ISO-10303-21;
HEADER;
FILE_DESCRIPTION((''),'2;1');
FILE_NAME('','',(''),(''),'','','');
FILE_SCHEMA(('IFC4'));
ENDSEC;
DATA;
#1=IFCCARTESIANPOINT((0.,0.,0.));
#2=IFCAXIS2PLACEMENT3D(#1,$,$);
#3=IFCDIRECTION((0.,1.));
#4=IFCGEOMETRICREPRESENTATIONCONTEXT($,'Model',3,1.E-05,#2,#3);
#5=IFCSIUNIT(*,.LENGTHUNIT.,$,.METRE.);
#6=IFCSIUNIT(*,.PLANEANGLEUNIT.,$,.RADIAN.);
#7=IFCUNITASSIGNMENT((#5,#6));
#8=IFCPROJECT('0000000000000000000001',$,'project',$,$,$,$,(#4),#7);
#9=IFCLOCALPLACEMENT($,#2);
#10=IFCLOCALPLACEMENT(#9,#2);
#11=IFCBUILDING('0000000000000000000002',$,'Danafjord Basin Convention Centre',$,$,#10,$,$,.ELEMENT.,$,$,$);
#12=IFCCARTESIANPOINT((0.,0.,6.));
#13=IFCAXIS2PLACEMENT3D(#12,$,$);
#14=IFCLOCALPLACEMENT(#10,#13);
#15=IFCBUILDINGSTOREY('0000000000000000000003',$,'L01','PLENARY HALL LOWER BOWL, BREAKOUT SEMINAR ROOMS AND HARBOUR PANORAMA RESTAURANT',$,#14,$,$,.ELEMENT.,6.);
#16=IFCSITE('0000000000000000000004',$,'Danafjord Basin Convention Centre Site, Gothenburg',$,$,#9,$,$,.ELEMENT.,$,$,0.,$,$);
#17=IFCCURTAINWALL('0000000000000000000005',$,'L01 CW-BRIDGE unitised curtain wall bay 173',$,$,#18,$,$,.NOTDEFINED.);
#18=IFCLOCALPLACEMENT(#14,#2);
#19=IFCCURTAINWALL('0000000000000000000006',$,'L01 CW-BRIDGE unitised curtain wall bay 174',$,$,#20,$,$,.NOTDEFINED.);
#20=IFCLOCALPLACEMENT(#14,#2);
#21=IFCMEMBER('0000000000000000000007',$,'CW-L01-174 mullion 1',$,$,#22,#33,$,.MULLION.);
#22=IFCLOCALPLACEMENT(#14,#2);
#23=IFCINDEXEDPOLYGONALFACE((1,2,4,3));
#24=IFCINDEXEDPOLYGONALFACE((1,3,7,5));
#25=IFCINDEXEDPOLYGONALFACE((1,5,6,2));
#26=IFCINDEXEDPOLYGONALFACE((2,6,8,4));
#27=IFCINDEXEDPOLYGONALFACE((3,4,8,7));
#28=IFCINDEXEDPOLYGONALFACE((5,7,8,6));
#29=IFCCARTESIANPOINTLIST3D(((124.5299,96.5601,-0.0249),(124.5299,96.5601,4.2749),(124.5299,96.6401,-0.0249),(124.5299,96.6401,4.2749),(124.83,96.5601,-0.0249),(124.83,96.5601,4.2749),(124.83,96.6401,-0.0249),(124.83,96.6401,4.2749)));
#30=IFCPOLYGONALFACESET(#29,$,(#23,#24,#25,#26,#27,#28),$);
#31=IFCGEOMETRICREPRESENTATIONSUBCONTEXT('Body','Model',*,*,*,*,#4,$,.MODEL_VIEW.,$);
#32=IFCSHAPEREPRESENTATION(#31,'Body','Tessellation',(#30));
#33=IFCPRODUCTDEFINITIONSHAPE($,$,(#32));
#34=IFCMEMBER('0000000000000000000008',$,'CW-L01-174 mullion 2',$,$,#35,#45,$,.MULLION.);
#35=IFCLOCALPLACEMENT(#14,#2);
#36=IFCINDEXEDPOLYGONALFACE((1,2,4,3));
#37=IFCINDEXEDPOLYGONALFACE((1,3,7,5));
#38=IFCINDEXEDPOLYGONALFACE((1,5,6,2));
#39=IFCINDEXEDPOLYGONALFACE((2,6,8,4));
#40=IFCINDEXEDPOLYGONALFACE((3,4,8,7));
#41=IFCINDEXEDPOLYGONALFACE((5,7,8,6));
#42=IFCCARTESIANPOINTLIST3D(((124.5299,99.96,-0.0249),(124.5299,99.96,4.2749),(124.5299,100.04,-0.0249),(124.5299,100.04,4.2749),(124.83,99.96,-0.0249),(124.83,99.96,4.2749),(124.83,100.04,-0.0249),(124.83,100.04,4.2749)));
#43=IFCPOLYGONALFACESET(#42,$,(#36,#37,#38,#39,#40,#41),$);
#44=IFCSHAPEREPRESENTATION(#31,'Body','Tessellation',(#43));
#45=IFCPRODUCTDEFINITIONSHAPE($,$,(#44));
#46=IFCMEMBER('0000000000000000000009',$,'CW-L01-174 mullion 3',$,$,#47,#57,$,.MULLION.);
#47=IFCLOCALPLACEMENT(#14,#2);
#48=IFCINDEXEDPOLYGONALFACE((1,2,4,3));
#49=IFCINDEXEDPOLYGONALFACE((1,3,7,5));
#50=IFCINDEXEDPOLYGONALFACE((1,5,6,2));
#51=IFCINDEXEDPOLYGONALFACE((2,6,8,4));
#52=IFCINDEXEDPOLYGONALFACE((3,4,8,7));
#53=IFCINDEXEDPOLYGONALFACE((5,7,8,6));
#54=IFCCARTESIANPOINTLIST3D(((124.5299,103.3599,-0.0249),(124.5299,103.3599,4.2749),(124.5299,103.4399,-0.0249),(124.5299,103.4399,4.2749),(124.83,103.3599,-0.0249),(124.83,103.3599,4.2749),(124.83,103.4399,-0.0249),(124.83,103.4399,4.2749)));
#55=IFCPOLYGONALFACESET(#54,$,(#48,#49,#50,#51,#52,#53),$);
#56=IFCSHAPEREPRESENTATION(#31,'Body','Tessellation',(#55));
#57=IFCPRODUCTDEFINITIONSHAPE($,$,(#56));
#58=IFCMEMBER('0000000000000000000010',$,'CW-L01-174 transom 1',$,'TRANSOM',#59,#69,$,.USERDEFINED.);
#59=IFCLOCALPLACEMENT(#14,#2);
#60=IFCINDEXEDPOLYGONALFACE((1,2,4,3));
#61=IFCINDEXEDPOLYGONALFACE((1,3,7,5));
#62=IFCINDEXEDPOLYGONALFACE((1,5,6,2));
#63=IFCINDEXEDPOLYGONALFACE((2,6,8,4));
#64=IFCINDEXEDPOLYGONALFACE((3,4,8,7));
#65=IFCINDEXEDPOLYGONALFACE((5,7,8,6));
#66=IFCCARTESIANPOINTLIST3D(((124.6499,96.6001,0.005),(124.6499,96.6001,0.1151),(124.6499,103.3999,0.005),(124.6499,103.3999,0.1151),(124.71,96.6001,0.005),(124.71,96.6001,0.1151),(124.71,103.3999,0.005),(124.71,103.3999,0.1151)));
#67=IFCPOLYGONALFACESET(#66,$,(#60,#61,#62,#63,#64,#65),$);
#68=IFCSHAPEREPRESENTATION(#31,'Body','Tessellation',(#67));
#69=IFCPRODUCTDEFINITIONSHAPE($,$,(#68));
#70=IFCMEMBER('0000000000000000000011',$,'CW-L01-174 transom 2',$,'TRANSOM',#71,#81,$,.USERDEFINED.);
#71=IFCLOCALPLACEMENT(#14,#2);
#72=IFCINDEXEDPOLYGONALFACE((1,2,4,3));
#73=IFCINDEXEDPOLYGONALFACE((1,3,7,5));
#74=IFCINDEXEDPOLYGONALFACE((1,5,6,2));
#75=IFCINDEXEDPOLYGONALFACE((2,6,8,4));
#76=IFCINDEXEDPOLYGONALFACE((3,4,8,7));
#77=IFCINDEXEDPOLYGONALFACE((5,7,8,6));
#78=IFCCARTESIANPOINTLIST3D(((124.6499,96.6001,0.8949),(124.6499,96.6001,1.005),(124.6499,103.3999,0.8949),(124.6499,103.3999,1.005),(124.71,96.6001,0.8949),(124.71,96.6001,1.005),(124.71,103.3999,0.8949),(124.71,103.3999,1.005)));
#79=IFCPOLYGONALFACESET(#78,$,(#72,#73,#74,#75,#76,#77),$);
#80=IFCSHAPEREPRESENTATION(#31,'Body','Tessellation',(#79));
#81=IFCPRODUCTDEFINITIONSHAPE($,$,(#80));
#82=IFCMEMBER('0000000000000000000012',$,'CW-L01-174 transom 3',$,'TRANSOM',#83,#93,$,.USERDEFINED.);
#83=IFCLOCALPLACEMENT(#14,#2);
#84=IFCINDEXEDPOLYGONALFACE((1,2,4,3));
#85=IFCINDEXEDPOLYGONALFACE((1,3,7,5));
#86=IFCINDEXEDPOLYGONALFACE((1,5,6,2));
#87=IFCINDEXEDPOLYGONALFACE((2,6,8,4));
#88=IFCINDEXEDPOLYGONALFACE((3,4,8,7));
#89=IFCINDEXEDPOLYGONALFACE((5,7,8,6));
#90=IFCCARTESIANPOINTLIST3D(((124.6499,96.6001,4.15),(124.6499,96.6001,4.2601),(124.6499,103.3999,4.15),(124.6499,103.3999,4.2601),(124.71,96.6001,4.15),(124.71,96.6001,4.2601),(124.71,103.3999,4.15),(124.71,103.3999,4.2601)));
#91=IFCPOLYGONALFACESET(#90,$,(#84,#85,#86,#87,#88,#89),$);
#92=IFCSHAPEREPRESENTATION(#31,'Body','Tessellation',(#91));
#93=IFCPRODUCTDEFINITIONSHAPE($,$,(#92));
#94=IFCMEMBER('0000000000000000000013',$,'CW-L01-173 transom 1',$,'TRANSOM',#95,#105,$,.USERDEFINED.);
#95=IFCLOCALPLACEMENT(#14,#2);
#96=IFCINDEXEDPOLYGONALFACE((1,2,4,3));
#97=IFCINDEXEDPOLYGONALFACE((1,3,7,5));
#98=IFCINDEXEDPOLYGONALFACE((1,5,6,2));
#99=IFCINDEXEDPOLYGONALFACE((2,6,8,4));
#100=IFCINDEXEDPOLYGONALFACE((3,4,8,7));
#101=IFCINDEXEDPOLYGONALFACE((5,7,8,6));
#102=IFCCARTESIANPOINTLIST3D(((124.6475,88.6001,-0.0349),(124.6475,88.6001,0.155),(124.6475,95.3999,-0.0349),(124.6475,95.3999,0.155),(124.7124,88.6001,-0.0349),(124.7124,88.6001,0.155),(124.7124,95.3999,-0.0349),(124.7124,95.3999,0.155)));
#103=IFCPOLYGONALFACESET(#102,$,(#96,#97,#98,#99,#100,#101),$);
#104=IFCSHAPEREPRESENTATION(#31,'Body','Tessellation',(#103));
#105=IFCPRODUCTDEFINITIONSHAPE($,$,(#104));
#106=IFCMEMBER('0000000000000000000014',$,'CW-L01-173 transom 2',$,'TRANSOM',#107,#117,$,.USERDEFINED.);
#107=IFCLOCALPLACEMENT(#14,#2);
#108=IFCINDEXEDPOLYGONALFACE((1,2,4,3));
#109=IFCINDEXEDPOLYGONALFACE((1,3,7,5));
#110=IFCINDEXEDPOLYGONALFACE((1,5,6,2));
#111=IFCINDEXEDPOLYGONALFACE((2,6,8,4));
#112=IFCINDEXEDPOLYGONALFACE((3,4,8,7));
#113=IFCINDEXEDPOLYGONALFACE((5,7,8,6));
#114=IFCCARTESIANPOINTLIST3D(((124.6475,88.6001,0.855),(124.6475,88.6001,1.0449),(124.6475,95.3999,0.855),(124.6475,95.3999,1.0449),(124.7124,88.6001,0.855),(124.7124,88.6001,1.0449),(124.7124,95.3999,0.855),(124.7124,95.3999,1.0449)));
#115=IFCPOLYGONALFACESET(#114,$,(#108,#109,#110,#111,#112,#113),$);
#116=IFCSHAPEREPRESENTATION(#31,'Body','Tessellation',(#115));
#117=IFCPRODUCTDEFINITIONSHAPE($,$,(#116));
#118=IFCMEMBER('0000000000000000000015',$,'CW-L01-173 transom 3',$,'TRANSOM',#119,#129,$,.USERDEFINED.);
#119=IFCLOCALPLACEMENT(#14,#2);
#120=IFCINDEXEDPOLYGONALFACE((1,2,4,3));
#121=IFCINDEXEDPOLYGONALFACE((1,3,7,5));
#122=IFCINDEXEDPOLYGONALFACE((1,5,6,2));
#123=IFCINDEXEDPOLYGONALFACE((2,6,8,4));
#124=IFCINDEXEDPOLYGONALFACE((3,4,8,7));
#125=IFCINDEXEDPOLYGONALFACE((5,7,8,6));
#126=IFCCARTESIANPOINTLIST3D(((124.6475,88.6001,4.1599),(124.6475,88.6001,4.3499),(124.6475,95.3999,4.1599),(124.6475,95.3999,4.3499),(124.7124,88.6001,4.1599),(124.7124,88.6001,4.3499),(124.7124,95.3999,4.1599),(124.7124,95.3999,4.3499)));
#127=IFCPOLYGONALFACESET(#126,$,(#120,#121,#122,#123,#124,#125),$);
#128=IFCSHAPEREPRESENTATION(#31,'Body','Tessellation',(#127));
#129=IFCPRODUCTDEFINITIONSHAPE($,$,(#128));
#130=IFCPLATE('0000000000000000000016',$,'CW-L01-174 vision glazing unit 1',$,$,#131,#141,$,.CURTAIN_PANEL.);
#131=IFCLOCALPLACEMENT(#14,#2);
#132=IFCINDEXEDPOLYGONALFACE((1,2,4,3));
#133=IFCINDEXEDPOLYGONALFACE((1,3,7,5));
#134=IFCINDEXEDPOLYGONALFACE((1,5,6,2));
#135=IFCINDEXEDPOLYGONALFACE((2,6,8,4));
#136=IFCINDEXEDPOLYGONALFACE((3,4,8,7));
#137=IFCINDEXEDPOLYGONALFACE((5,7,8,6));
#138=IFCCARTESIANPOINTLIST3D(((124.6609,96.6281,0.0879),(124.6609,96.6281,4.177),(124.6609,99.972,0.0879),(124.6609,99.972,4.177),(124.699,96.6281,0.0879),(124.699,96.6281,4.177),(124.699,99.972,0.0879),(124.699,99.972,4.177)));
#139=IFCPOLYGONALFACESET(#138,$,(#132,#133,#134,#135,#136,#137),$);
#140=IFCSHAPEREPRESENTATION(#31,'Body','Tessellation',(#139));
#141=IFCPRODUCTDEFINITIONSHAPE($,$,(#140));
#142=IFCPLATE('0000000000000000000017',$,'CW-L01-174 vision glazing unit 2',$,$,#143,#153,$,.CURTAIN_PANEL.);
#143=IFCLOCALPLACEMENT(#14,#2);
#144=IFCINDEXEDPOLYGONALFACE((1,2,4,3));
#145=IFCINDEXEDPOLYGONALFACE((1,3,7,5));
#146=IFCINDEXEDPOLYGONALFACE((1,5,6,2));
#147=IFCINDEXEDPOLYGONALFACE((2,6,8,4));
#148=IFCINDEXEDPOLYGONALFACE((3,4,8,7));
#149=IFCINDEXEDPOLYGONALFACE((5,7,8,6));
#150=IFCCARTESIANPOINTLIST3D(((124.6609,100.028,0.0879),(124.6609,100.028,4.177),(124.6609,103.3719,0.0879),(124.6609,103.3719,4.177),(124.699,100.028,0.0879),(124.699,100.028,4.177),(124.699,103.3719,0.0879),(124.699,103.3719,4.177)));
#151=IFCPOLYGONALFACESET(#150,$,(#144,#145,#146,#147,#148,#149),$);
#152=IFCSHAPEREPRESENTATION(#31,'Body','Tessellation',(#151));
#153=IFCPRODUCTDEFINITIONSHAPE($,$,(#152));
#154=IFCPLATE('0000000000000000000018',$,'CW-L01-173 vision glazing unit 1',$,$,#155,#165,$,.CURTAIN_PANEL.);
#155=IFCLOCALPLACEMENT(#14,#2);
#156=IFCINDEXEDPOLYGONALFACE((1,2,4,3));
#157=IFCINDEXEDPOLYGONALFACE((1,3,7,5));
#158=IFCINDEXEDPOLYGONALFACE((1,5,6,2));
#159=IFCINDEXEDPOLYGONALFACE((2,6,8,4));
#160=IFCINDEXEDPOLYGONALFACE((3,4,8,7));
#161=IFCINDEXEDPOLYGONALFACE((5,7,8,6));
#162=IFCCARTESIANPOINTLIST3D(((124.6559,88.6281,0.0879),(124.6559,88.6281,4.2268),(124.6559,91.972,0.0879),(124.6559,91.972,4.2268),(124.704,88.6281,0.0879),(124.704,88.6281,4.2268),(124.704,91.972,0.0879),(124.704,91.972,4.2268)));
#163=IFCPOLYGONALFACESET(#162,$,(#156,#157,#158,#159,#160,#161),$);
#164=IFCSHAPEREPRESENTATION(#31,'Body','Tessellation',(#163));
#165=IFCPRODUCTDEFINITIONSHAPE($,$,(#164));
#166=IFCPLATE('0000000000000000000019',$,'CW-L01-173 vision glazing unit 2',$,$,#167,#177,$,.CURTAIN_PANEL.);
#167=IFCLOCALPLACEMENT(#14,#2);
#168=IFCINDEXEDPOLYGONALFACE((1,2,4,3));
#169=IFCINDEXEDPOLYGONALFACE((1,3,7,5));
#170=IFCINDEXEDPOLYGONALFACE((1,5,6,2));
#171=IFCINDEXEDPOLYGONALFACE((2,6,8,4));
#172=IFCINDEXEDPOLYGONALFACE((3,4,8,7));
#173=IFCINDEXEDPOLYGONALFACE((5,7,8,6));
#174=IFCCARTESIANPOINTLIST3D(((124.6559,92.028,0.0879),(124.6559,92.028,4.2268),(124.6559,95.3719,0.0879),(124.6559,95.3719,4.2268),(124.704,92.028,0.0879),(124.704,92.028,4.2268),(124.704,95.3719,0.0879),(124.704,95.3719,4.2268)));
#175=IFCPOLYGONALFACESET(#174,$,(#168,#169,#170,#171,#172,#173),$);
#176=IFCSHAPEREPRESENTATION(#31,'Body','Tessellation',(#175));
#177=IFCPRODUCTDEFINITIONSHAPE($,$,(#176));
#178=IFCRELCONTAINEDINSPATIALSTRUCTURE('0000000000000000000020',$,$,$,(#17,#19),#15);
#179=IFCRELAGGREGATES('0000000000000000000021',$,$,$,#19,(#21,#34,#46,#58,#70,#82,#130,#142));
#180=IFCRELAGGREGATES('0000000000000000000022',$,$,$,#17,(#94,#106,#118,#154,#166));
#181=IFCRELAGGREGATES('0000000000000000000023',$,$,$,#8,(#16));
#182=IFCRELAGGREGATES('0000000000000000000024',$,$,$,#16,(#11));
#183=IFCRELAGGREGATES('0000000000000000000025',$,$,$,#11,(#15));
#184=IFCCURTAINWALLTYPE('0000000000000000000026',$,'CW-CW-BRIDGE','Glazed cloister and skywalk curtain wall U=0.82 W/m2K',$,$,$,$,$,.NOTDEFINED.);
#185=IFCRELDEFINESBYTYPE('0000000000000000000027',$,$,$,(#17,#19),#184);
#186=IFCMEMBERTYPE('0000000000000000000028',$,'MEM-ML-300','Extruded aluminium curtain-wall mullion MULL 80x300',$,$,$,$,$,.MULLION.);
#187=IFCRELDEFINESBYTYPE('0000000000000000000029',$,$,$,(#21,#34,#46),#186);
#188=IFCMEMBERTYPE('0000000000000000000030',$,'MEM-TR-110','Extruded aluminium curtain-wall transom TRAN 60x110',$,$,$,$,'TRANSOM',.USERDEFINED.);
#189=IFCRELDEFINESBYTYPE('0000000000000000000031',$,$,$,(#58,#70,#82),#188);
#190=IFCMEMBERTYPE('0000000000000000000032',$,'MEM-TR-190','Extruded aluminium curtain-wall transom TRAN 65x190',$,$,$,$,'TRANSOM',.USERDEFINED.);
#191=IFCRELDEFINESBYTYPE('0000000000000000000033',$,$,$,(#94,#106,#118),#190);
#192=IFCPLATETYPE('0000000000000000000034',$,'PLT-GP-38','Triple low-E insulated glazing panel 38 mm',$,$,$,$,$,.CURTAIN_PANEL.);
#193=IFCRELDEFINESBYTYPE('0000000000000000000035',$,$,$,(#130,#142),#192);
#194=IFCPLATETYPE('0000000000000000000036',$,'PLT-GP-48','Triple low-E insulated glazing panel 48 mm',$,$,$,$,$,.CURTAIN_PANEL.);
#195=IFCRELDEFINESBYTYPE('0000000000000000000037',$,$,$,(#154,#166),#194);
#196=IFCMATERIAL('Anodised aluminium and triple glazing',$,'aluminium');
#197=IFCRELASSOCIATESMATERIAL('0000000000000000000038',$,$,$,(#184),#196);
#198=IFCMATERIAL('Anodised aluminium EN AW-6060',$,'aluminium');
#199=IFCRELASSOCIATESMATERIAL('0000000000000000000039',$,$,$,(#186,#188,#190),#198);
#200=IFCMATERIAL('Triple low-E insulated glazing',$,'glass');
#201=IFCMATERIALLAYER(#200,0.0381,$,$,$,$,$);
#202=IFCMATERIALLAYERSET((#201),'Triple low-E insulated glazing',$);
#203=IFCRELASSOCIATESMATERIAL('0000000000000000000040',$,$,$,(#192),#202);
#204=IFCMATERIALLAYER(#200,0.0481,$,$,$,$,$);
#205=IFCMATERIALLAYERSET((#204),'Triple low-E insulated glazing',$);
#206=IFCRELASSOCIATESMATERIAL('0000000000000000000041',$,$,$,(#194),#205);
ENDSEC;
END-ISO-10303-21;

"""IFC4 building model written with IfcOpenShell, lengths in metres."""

from ifc_helpers import new_model, si_unit, direction, frame, origin, origin_2d, place, context, subcontext, project, spatial, rectangle, extrude, material, layer, layer_set, material_profile, profile_set, type_object, element, aggregate, save


model = new_model("IFC4")

# Units and contexts
model_context = context("Model", 3, precision=1e-05, world=origin(), true_north=direction((0.0, 1.0)))
body_context = subcontext(model_context, "Body", "Model", "MODEL_VIEW")
ifc_project = project(units=[si_unit("LENGTHUNIT", "METRE"), si_unit("PLANEANGLEUNIT", "RADIAN")], contexts=[model_context])

# Site, building, storey
site_placement = place(None, origin())
site = spatial("IfcSite", under=ifc_project, at=site_placement, Name="Danafjord Basin Convention Centre Site, Gothenburg", CompositionType="ELEMENT", RefElevation=0.0)
building_placement = place(site_placement, origin())
building = spatial("IfcBuilding", under=site, at=building_placement, Name="Danafjord Basin Convention Centre", CompositionType="ELEMENT")
storey_placement = place(building_placement, frame((0.0, 0.0, 6.0)))
storey = spatial("IfcBuildingStorey", under=building, at=storey_placement, Name="L01", Description="PLENARY HALL LOWER BOWL, BREAKOUT SEMINAR ROOMS AND HARBOUR PANORAMA RESTAURANT", CompositionType="ELEMENT", Elevation=6.0)

# Curtain walls, members
ifc_material_1 = material(Name="Anodised aluminium and triple glazing", Category="aluminium")
curtain_wall_type = type_object("IfcCurtainWallType", Name="CW-CW-BRIDGE", Description="Glazed cloister and skywalk curtain wall U=0.82 W/m2K", PredefinedType="NOTDEFINED", material=ifc_material_1)
curtain_wall_1_placement = place(storey_placement, origin())
curtain_wall_1 = element("IfcCurtainWall", 1, at=curtain_wall_1_placement, inside=storey, type_object=curtain_wall_type, Name="L01 CW-BRIDGE unitised curtain wall bay 173", PredefinedType="NOTDEFINED")
ifc_material_2 = material(Name="Anodised aluminium EN AW-6060", Category="aluminium")
curtain_wall_2_placement = place(storey_placement, origin())
curtain_wall_2 = element("IfcCurtainWall", 2, at=curtain_wall_2_placement, inside=storey, type_object=curtain_wall_type, Name="L01 CW-BRIDGE unitised curtain wall bay 174", PredefinedType="NOTDEFINED")
ifc_material_profile_1 = material_profile(ifc_material_2, rectangle(XDim=0.0801, YDim=0.3, at=origin_2d()), Name="MULL 80x300")
ifc_profile_set_1 = profile_set([ifc_material_profile_1], Name="Anodised aluminium EN AW-6060")
member_type_1 = type_object("IfcMemberType", Name="MEM-ML-300", Description="Extruded aluminium curtain-wall mullion MULL 80x300", PredefinedType="MULLION", material=ifc_profile_set_1)
member_1_placement = place(storey_placement, frame((124.6799, 96.6001, -0.0249), z_axis=(0.0, 0.0, 1.0), x_axis=(0.0, 1.0, 0.0)))
member_1 = element("IfcMember", 3, at=member_1_placement, type_object=member_type_1, Name="CW-L01-174 mullion 1", PredefinedType="MULLION", context=body_context, shape_type="SweptSolid", body=[
    extrude(rectangle(XDim=0.0801, YDim=0.3, at=origin_2d()), origin(), (0.0, 0.0, 1.0), 4.2998),
])
member_2_placement = place(storey_placement, frame((124.6799, 100.0, -0.0249), z_axis=(0.0, 0.0, 1.0), x_axis=(0.0, 1.0, 0.0)))
member_2 = element("IfcMember", 4, at=member_2_placement, type_object=member_type_1, Name="CW-L01-174 mullion 2", PredefinedType="MULLION", context=body_context, shape_type="SweptSolid", body=[
    extrude(rectangle(XDim=0.0801, YDim=0.3, at=origin_2d()), origin(), (0.0, 0.0, 1.0), 4.2998),
])
member_3_placement = place(storey_placement, frame((124.6799, 103.3999, -0.0249), z_axis=(0.0, 0.0, 1.0), x_axis=(0.0, 1.0, 0.0)))
member_3 = element("IfcMember", 5, at=member_3_placement, type_object=member_type_1, Name="CW-L01-174 mullion 3", PredefinedType="MULLION", context=body_context, shape_type="SweptSolid", body=[
    extrude(rectangle(XDim=0.0801, YDim=0.3, at=origin_2d()), origin(), (0.0, 0.0, 1.0), 4.2998),
])
ifc_material_profile_2 = material_profile(ifc_material_2, rectangle(XDim=0.0601, YDim=0.1101, at=origin_2d()), Name="TRAN 60x110")
ifc_profile_set_2 = profile_set([ifc_material_profile_2], Name="Anodised aluminium EN AW-6060")
member_type_2 = type_object("IfcMemberType", Name="MEM-TR-110", Description="Extruded aluminium curtain-wall transom TRAN 60x110", ElementType="TRANSOM", PredefinedType="USERDEFINED", material=ifc_profile_set_2)
member_4_placement = place(storey_placement, frame((124.6799, 96.6001, 0.0601), z_axis=(0.0, 1.0, 0.0), x_axis=(-1.0, 0.0, 0.0)))
member_4 = element("IfcMember", 6, at=member_4_placement, type_object=member_type_2, Name="CW-L01-174 transom 1", ObjectType="TRANSOM", PredefinedType="USERDEFINED", context=body_context, shape_type="SweptSolid", body=[
    extrude(rectangle(XDim=0.0601, YDim=0.1101, at=origin_2d()), origin(), (0.0, 0.0, 1.0), 6.7998),
])
member_5_placement = place(storey_placement, frame((124.6799, 96.6001, 0.95), z_axis=(0.0, 1.0, 0.0), x_axis=(-1.0, 0.0, 0.0)))
member_5 = element("IfcMember", 7, at=member_5_placement, type_object=member_type_2, Name="CW-L01-174 transom 2", ObjectType="TRANSOM", PredefinedType="USERDEFINED", context=body_context, shape_type="SweptSolid", body=[
    extrude(rectangle(XDim=0.0601, YDim=0.1101, at=origin_2d()), origin(), (0.0, 0.0, 1.0), 6.7998),
])
member_6_placement = place(storey_placement, frame((124.6799, 96.6001, 4.2051), z_axis=(0.0, 1.0, 0.0), x_axis=(-1.0, 0.0, 0.0)))
member_6 = element("IfcMember", 8, at=member_6_placement, type_object=member_type_2, Name="CW-L01-174 transom 3", ObjectType="TRANSOM", PredefinedType="USERDEFINED", context=body_context, shape_type="SweptSolid", body=[
    extrude(rectangle(XDim=0.0601, YDim=0.1101, at=origin_2d()), origin(), (0.0, 0.0, 1.0), 6.7998),
])

# Members
ifc_material_profile_3 = material_profile(ifc_material_2, rectangle(XDim=0.0649, YDim=0.1899, at=origin_2d()), Name="TRAN 65x190")
ifc_profile_set_3 = profile_set([ifc_material_profile_3], Name="Anodised aluminium EN AW-6060")
member_type_3 = type_object("IfcMemberType", Name="MEM-TR-190", Description="Extruded aluminium curtain-wall transom TRAN 65x190", ElementType="TRANSOM", PredefinedType="USERDEFINED", material=ifc_profile_set_3)
member_7_placement = place(storey_placement, frame((124.6799, 88.6001, 0.0601), z_axis=(0.0, 1.0, 0.0), x_axis=(-1.0, 0.0, 0.0)))
member_7 = element("IfcMember", 9, at=member_7_placement, type_object=member_type_3, Name="CW-L01-173 transom 1", ObjectType="TRANSOM", PredefinedType="USERDEFINED", context=body_context, shape_type="SweptSolid", body=[
    extrude(rectangle(XDim=0.0649, YDim=0.1899, at=origin_2d()), origin(), (0.0, 0.0, 1.0), 6.7998),
])
member_8_placement = place(storey_placement, frame((124.6799, 88.6001, 0.95), z_axis=(0.0, 1.0, 0.0), x_axis=(-1.0, 0.0, 0.0)))
member_8 = element("IfcMember", 10, at=member_8_placement, type_object=member_type_3, Name="CW-L01-173 transom 2", ObjectType="TRANSOM", PredefinedType="USERDEFINED", context=body_context, shape_type="SweptSolid", body=[
    extrude(rectangle(XDim=0.0649, YDim=0.1899, at=origin_2d()), origin(), (0.0, 0.0, 1.0), 6.7998),
])
member_9_placement = place(storey_placement, frame((124.6799, 88.6001, 4.2549), z_axis=(0.0, 1.0, 0.0), x_axis=(-1.0, 0.0, 0.0)))
member_9 = element("IfcMember", 11, at=member_9_placement, type_object=member_type_3, Name="CW-L01-173 transom 3", ObjectType="TRANSOM", PredefinedType="USERDEFINED", context=body_context, shape_type="SweptSolid", body=[
    extrude(rectangle(XDim=0.0649, YDim=0.1899, at=origin_2d()), origin(), (0.0, 0.0, 1.0), 6.7998),
])

# Plates
ifc_material_3 = material(Name="Triple low-E insulated glazing", Category="glass")
ifc_layer_1 = layer(ifc_material_3, 0.0381)
ifc_layer_set_1 = layer_set([ifc_layer_1], Name="Triple low-E insulated glazing")
plate_type_1 = type_object("IfcPlateType", Name="PLT-GP-38", Description="Triple low-E insulated glazing panel 38 mm", PredefinedType="CURTAIN_PANEL", material=ifc_layer_set_1)
plate_1_placement = place(storey_placement, frame((124.6799, 98.3, 0.0879), z_axis=(0.0, 0.0, 1.0), x_axis=(0.0, 1.0, 0.0)))
plate_1 = element("IfcPlate", 12, at=plate_1_placement, type_object=plate_type_1, Name="CW-L01-174 vision glazing unit 1", PredefinedType="CURTAIN_PANEL", context=body_context, shape_type="SweptSolid", body=[
    extrude(rectangle(XDim=3.344, YDim=0.0381, at=origin_2d()), origin(), (0.0, 0.0, 1.0), 4.0891),
])
plate_2_placement = place(storey_placement, frame((124.6799, 101.7, 0.0879), z_axis=(0.0, 0.0, 1.0), x_axis=(0.0, 1.0, 0.0)))
plate_2 = element("IfcPlate", 13, at=plate_2_placement, type_object=plate_type_1, Name="CW-L01-174 vision glazing unit 2", PredefinedType="CURTAIN_PANEL", context=body_context, shape_type="SweptSolid", body=[
    extrude(rectangle(XDim=3.344, YDim=0.0381, at=origin_2d()), origin(), (0.0, 0.0, 1.0), 4.0891),
])
aggregate(curtain_wall_2, [member_1, member_2, member_3, member_4, member_5, member_6, plate_1, plate_2])
ifc_layer_2 = layer(ifc_material_3, 0.0481)
ifc_layer_set_2 = layer_set([ifc_layer_2], Name="Triple low-E insulated glazing")
plate_type_2 = type_object("IfcPlateType", Name="PLT-GP-48", Description="Triple low-E insulated glazing panel 48 mm", PredefinedType="CURTAIN_PANEL", material=ifc_layer_set_2)
plate_3_placement = place(storey_placement, frame((124.6799, 90.3, 0.0879), z_axis=(0.0, 0.0, 1.0), x_axis=(0.0, 1.0, 0.0)))
plate_3 = element("IfcPlate", 14, at=plate_3_placement, type_object=plate_type_2, Name="CW-L01-173 vision glazing unit 1", PredefinedType="CURTAIN_PANEL", context=body_context, shape_type="SweptSolid", body=[
    extrude(rectangle(XDim=3.344, YDim=0.0481, at=origin_2d()), origin(), (0.0, 0.0, 1.0), 4.1389),
])
plate_4_placement = place(storey_placement, frame((124.6799, 93.7, 0.0879), z_axis=(0.0, 0.0, 1.0), x_axis=(0.0, 1.0, 0.0)))
plate_4 = element("IfcPlate", 15, at=plate_4_placement, type_object=plate_type_2, Name="CW-L01-173 vision glazing unit 2", PredefinedType="CURTAIN_PANEL", context=body_context, shape_type="SweptSolid", body=[
    extrude(rectangle(XDim=3.344, YDim=0.0481, at=origin_2d()), origin(), (0.0, 0.0, 1.0), 4.1389),
])
aggregate(curtain_wall_1, [member_7, member_8, member_9, plate_3, plate_4])

save(model, "model.ifc")
